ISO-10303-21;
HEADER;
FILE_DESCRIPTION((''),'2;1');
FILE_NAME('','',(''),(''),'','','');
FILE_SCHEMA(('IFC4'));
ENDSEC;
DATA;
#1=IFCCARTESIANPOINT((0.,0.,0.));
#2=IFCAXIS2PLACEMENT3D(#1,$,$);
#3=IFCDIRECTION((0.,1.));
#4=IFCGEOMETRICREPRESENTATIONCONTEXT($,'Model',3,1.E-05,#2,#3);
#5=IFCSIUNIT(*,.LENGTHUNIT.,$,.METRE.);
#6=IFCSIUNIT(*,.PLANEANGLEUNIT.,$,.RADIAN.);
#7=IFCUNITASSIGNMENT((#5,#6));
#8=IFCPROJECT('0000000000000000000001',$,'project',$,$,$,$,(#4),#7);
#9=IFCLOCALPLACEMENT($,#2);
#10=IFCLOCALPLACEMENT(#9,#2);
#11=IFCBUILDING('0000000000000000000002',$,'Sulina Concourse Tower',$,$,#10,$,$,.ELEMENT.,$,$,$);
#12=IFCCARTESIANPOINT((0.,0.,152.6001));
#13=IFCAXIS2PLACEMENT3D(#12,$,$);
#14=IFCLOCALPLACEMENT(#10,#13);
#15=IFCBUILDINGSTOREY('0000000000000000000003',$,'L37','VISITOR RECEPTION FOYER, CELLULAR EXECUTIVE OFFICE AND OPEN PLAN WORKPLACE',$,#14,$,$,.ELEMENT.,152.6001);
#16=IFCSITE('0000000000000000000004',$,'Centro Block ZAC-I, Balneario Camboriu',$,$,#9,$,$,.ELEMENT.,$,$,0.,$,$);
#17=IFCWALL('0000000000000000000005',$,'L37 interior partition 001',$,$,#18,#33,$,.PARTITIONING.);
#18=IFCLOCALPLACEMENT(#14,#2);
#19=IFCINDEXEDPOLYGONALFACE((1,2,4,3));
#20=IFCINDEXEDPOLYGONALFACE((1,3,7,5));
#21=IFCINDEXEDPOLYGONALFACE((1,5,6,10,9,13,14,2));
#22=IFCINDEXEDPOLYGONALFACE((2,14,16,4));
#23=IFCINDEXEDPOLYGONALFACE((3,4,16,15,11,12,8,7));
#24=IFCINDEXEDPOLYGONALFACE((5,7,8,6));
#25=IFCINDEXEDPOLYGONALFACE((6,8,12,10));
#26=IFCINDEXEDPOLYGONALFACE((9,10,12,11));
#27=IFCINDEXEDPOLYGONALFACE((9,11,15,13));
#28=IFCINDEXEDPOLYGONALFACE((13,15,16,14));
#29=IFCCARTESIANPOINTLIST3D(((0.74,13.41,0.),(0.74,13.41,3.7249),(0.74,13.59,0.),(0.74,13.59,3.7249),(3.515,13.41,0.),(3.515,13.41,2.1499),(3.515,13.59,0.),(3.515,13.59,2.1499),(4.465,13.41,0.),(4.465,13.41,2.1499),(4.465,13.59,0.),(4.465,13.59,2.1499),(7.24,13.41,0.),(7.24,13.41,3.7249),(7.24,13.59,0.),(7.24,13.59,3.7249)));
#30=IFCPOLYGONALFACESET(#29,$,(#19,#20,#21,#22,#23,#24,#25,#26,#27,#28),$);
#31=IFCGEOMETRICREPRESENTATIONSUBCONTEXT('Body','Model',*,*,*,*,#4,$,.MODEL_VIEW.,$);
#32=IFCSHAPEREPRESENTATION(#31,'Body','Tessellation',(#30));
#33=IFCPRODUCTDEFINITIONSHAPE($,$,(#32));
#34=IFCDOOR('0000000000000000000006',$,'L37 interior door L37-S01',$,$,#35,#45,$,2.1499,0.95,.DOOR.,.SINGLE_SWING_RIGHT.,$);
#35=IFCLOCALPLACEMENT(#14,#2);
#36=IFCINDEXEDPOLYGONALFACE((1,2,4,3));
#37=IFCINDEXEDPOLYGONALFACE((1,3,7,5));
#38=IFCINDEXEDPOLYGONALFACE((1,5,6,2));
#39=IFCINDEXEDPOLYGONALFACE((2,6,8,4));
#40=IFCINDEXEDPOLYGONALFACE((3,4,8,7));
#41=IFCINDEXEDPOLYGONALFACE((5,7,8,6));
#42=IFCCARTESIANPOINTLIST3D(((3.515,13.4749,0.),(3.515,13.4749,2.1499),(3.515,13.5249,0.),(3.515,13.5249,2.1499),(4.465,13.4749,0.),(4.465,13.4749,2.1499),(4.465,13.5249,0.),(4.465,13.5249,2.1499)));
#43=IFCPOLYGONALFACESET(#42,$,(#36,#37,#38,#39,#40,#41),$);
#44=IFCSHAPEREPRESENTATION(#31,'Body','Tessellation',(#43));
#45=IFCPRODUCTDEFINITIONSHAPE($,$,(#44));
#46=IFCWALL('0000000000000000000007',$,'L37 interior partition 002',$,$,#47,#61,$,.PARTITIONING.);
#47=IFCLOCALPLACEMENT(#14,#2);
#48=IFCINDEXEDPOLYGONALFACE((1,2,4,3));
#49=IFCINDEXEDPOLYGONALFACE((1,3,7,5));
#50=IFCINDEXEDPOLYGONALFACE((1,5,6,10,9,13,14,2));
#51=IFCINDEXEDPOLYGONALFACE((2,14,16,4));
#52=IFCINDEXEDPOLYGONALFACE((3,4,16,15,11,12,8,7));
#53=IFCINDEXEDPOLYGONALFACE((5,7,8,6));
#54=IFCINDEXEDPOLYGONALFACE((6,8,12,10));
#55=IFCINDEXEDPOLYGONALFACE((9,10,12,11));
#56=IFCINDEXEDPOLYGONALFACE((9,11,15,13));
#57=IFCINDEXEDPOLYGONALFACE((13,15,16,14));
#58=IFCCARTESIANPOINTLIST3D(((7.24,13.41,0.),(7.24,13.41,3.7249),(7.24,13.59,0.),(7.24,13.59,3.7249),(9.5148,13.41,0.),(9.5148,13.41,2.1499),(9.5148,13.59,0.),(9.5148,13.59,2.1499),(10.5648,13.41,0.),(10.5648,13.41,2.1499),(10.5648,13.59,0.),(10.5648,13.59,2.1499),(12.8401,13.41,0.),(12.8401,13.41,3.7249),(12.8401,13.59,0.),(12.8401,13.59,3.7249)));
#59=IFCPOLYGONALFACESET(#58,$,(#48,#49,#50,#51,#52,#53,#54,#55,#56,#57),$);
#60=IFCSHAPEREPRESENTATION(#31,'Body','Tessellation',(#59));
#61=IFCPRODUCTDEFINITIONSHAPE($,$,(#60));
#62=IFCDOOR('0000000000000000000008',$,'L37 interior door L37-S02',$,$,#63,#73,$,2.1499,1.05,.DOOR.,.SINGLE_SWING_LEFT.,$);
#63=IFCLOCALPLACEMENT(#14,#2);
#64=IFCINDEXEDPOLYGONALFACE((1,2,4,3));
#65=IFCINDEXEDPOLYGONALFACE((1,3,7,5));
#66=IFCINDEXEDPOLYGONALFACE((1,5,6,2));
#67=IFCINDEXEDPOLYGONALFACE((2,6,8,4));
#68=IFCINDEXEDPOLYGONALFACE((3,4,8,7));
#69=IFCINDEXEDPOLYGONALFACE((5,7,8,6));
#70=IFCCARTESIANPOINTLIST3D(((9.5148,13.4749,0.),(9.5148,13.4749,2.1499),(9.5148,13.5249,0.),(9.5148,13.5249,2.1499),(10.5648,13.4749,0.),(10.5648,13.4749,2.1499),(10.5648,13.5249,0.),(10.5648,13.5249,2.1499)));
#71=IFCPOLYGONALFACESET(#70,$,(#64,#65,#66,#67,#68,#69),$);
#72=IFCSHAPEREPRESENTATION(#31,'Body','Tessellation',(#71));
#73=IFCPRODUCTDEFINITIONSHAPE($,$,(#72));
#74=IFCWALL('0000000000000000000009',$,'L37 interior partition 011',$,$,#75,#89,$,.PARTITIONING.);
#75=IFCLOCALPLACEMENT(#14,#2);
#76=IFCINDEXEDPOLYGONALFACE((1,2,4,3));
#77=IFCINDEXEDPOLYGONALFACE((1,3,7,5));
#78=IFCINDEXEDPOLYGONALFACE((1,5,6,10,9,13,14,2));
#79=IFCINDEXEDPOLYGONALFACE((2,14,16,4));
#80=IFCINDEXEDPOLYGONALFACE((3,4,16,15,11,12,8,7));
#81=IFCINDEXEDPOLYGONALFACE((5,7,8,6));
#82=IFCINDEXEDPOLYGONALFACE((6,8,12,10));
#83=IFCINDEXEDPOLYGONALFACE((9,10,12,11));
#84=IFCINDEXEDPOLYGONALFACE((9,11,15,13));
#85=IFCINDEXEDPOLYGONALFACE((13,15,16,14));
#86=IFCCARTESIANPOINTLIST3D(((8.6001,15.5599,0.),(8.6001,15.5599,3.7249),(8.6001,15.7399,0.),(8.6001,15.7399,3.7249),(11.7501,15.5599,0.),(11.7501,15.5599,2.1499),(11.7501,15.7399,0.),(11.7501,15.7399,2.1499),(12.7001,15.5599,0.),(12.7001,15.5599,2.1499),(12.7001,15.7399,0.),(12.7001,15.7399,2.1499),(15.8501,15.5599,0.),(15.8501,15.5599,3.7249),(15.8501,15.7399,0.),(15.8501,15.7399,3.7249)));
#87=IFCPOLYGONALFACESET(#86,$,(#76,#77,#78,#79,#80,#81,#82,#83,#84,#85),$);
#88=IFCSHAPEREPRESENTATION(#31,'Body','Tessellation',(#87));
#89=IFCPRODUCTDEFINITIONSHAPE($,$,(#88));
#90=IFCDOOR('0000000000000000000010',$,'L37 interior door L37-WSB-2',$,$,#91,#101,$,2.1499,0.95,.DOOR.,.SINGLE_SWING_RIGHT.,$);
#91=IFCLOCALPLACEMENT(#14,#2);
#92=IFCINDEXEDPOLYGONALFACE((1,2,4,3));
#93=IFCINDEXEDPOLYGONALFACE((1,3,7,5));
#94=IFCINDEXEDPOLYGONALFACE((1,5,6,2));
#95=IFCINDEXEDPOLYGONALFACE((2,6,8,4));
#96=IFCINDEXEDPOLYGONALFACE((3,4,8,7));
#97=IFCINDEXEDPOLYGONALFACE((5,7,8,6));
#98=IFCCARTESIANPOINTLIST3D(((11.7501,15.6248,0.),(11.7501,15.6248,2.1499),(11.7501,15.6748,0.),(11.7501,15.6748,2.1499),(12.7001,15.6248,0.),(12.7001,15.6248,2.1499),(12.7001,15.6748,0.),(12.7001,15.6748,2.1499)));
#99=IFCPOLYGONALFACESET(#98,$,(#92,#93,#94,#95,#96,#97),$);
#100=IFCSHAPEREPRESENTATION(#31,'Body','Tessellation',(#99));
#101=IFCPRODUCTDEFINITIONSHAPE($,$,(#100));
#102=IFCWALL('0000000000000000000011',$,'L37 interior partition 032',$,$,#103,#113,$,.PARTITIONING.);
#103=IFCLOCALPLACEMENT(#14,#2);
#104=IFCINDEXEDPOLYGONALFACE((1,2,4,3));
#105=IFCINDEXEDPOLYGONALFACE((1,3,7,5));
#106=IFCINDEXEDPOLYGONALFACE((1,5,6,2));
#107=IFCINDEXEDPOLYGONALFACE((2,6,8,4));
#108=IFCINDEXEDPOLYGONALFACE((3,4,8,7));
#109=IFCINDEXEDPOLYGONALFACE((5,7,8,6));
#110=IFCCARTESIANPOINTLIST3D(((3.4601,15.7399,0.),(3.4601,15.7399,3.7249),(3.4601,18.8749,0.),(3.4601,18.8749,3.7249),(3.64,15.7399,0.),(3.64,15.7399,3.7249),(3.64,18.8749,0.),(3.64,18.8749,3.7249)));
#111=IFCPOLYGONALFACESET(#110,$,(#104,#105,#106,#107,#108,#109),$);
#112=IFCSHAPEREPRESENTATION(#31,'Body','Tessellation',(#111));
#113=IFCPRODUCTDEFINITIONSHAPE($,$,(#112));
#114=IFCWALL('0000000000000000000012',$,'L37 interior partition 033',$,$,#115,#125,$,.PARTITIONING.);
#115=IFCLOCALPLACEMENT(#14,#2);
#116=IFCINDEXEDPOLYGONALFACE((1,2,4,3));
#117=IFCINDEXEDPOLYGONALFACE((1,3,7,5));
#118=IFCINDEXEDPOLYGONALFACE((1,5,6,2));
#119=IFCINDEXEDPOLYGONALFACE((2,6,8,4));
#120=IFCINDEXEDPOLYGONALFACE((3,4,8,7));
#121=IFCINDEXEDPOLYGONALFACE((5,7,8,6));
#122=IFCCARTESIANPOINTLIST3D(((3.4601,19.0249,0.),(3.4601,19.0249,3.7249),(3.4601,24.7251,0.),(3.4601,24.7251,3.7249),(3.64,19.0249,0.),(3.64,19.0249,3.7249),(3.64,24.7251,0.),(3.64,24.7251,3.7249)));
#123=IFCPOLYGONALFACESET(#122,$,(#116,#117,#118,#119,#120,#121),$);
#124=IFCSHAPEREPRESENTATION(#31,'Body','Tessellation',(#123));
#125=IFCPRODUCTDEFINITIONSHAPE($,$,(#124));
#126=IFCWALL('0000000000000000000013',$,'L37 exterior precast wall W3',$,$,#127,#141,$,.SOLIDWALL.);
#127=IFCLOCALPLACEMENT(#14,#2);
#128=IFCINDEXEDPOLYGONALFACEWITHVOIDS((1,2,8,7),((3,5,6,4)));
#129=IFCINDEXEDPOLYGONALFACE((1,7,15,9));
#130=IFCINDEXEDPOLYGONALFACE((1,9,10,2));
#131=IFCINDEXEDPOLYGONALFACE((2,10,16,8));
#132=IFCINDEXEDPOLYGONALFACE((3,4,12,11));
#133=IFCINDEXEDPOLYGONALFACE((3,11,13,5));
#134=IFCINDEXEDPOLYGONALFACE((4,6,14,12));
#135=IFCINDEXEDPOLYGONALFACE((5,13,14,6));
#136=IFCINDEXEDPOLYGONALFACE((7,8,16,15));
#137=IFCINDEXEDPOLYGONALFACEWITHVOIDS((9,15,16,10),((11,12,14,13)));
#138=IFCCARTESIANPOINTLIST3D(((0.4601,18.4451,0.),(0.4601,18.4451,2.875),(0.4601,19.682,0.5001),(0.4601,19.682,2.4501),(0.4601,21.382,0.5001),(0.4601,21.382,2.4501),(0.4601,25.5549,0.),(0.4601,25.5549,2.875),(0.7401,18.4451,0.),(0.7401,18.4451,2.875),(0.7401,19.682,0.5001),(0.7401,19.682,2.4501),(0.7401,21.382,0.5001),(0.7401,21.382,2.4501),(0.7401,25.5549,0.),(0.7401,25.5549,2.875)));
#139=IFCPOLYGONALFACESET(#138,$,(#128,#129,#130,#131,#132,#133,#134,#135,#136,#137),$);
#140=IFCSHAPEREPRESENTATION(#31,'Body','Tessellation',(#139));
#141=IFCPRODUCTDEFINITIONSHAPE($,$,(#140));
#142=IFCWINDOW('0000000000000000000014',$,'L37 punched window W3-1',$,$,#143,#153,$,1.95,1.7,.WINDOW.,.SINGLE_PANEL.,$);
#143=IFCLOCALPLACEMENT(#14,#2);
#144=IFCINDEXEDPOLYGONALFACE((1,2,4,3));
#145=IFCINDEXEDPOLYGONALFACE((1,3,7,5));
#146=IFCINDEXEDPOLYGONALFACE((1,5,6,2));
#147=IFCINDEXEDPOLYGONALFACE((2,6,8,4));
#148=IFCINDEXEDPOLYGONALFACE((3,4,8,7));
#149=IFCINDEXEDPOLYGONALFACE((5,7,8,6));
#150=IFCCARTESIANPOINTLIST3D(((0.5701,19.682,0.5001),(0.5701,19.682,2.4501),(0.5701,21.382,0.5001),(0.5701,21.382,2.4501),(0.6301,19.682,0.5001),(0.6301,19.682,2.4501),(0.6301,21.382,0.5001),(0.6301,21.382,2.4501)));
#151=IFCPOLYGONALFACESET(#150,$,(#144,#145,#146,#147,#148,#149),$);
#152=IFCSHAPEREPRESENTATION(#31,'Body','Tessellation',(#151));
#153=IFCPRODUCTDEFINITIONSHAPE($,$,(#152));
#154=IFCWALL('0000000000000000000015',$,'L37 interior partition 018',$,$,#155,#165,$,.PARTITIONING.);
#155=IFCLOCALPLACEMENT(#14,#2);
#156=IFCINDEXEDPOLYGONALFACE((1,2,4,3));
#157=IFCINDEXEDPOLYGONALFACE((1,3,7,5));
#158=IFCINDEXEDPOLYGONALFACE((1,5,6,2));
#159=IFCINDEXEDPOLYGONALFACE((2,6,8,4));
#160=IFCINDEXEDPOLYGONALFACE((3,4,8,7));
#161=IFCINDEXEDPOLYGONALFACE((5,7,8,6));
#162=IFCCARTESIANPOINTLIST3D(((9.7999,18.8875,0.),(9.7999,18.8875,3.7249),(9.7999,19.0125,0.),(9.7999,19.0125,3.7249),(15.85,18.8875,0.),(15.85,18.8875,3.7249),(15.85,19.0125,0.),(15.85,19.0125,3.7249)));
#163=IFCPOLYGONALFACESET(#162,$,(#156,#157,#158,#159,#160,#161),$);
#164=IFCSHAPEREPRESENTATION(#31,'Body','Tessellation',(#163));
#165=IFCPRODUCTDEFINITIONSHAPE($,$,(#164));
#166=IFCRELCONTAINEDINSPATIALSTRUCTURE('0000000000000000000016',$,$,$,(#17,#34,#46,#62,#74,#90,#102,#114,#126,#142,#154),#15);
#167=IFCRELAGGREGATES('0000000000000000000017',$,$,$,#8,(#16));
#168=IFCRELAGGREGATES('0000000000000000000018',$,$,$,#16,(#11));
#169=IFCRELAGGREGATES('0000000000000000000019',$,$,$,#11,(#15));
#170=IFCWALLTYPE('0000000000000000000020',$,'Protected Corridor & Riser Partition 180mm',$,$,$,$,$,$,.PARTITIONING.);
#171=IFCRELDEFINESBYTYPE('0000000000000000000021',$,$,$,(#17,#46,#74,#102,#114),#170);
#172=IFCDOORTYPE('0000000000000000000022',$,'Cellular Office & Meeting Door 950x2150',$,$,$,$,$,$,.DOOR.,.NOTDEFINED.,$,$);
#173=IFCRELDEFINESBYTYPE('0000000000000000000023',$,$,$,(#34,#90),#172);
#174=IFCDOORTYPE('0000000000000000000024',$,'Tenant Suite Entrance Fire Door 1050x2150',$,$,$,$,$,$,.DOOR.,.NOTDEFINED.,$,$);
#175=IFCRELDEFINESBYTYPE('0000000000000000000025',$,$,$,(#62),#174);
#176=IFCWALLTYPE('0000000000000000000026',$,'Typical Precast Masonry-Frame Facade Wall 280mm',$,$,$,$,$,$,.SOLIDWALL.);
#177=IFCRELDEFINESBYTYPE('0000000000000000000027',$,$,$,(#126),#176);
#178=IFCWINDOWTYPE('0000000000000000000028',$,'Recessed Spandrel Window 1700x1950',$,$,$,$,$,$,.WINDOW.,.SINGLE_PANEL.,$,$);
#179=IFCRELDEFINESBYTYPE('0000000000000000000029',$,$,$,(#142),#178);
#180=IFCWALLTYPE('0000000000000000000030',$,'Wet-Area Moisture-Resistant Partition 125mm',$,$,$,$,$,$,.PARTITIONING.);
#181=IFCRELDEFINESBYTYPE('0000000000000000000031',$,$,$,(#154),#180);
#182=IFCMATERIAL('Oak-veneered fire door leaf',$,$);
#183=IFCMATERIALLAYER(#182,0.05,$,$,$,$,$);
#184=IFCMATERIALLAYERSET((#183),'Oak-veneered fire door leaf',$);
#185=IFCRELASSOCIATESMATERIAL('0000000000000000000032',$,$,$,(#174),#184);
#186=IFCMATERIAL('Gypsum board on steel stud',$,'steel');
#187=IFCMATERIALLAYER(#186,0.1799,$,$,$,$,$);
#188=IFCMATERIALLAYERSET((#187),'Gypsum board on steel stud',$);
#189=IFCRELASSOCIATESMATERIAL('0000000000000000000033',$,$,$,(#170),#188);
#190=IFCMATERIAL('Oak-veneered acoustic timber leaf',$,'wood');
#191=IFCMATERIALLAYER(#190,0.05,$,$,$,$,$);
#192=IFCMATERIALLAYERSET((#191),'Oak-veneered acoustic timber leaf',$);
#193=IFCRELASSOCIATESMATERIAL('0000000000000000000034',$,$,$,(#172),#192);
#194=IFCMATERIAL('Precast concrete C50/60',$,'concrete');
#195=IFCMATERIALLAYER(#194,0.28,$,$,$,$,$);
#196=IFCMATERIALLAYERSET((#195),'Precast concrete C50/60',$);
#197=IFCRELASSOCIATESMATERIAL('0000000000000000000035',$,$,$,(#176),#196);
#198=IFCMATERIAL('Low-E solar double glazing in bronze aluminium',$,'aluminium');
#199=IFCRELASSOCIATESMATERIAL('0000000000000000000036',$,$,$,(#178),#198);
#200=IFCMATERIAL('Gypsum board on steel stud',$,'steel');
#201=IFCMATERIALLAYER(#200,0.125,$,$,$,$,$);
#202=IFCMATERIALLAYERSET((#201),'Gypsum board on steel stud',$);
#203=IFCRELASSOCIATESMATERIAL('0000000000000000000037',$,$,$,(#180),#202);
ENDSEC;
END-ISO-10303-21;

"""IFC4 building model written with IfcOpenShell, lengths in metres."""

from ifc_helpers import new_model, si_unit, direction, frame, frame_2d, origin, place, context, subcontext, project, spatial, rectangle, extrude, material, layer, layer_set, type_object, element, fill, save


model = new_model("IFC4")

# Units and contexts
model_context = context("Model", 3, precision=1e-05, world=origin(), true_north=direction((0.0, 1.0)))
body_context = subcontext(model_context, "Body", "Model", "MODEL_VIEW")
ifc_project = project(units=[si_unit("LENGTHUNIT", "METRE"), si_unit("PLANEANGLEUNIT", "RADIAN")], contexts=[model_context])

# Site, building, storey
site_placement = place(None, origin())
site = spatial("IfcSite", under=ifc_project, at=site_placement, Name="Centro Block ZAC-I, Balneario Camboriu", CompositionType="ELEMENT", RefElevation=0.0)
building_placement = place(site_placement, origin())
building = spatial("IfcBuilding", under=site, at=building_placement, Name="Sulina Concourse Tower", CompositionType="ELEMENT")
storey_placement = place(building_placement, frame((0.0, 0.0, 152.6001)))
storey = spatial("IfcBuildingStorey", under=building, at=storey_placement, Name="L37", Description="VISITOR RECEPTION FOYER, CELLULAR EXECUTIVE OFFICE AND OPEN PLAN WORKPLACE", CompositionType="ELEMENT", Elevation=152.6001)

# Shared definitions
ifc_material_1 = material(Name="Oak-veneered fire door leaf")
ifc_layer_1 = layer(ifc_material_1, 0.05)
ifc_layer_set_1 = layer_set([ifc_layer_1], Name="Oak-veneered fire door leaf")
door_type_1 = type_object("IfcDoorType", Name="Tenant Suite Entrance Fire Door 1050x2150", OperationType="NOTDEFINED", PredefinedType="DOOR", material=ifc_layer_set_1)

# Walls, openings, doors
ifc_material_2 = material(Name="Gypsum board on steel stud", Category="steel")
ifc_layer_2 = layer(ifc_material_2, 0.1799)
ifc_layer_set_2 = layer_set([ifc_layer_2], Name="Gypsum board on steel stud")
wall_type_1 = type_object("IfcWallType", Name="Protected Corridor & Riser Partition 180mm", PredefinedType="PARTITIONING", material=ifc_layer_set_2)
wall_1_placement = place(storey_placement, frame((0.74, 13.5, 0.0), z_axis=(0.0, 0.0, 1.0), x_axis=(1.0, 0.0, 0.0)))
wall_1 = element("IfcWall", 1, at=wall_1_placement, inside=storey, type_object=wall_type_1, Name="L37 interior partition 001", PredefinedType="PARTITIONING", context=body_context, shape_type="SweptSolid", body=[
    extrude(rectangle(XDim=6.5, YDim=0.1799, at=frame_2d((3.25, 0.0))), origin(), (0.0, 0.0, 1.0), 3.7249),
])
opening_1_placement = place(wall_1_placement, frame((2.7749, 0.0, 0.0)))
opening_1 = element("IfcOpeningElement", 2, at=opening_1_placement, cuts=wall_1, PredefinedType="OPENING", context=body_context, shape_type="SweptSolid", body=[
    extrude(rectangle(XDim=0.95, YDim=2.1499, at=frame_2d((0.4751, 1.075))), frame((0.0, 0.0999, 0.0), z_axis=(0.0, -1.0, 0.0), x_axis=(1.0, 0.0, 0.0)), (0.0, 0.0, 1.0), 0.2),
])
ifc_material_3 = material(Name="Oak-veneered acoustic timber leaf", Category="wood")
ifc_layer_3 = layer(ifc_material_3, 0.05)
ifc_layer_set_3 = layer_set([ifc_layer_3], Name="Oak-veneered acoustic timber leaf")
door_type_2 = type_object("IfcDoorType", Name="Cellular Office & Meeting Door 950x2150", OperationType="NOTDEFINED", PredefinedType="DOOR", material=ifc_layer_set_3)
door_1_placement = place(opening_1_placement, origin())
door_1 = element("IfcDoor", 3, at=door_1_placement, inside=storey, type_object=door_type_2, Name="L37 interior door L37-S01", OperationType="SINGLE_SWING_RIGHT", OverallHeight=2.1499, OverallWidth=0.95, PredefinedType="DOOR", context=body_context, shape_type="SweptSolid", body=[
    extrude(rectangle(XDim=0.95, YDim=2.1499, at=frame_2d((0.4751, 1.075))), frame((0.0, 0.0249, 0.0), z_axis=(0.0, -1.0, 0.0), x_axis=(1.0, 0.0, 0.0)), (0.0, 0.0, 1.0), 0.05),
])
fill(opening_1, door_1)
wall_2_placement = place(storey_placement, frame((7.24, 13.5, 0.0), z_axis=(0.0, 0.0, 1.0), x_axis=(1.0, 0.0, 0.0)))
wall_2 = element("IfcWall", 4, at=wall_2_placement, inside=storey, type_object=wall_type_1, Name="L37 interior partition 002", PredefinedType="PARTITIONING", context=body_context, shape_type="SweptSolid", body=[
    extrude(rectangle(XDim=5.6001, YDim=0.1799, at=frame_2d((2.8, 0.0))), origin(), (0.0, 0.0, 1.0), 3.7249),
])
opening_2_placement = place(wall_2_placement, frame((2.2749, 0.0, 0.0)))
opening_2 = element("IfcOpeningElement", 5, at=opening_2_placement, cuts=wall_2, PredefinedType="OPENING", context=body_context, shape_type="SweptSolid", body=[
    extrude(rectangle(XDim=1.05, YDim=2.1499, at=frame_2d((0.5249, 1.075))), frame((0.0, 0.0999, 0.0), z_axis=(0.0, -1.0, 0.0), x_axis=(1.0, 0.0, 0.0)), (0.0, 0.0, 1.0), 0.2),
])
door_2_placement = place(opening_2_placement, origin())
door_2 = element("IfcDoor", 6, at=door_2_placement, inside=storey, type_object=door_type_1, Name="L37 interior door L37-S02", OperationType="SINGLE_SWING_LEFT", OverallHeight=2.1499, OverallWidth=1.05, PredefinedType="DOOR", context=body_context, shape_type="SweptSolid", body=[
    extrude(rectangle(XDim=1.05, YDim=2.1499, at=frame_2d((0.5249, 1.075))), frame((0.0, 0.0249, 0.0), z_axis=(0.0, -1.0, 0.0), x_axis=(1.0, 0.0, 0.0)), (0.0, 0.0, 1.0), 0.05),
])
fill(opening_2, door_2)
wall_3_placement = place(storey_placement, frame((8.6001, 15.6499, 0.0), z_axis=(0.0, 0.0, 1.0), x_axis=(1.0, 0.0, 0.0)))
wall_3 = element("IfcWall", 7, at=wall_3_placement, inside=storey, type_object=wall_type_1, Name="L37 interior partition 011", PredefinedType="PARTITIONING", context=body_context, shape_type="SweptSolid", body=[
    extrude(rectangle(XDim=7.25, YDim=0.1799, at=frame_2d((3.625, 0.0))), origin(), (0.0, 0.0, 1.0), 3.7249),
])
opening_3_placement = place(wall_3_placement, frame((3.1499, 0.0, 0.0)))
opening_3 = element("IfcOpeningElement", 8, at=opening_3_placement, cuts=wall_3, PredefinedType="OPENING", context=body_context, shape_type="SweptSolid", body=[
    extrude(rectangle(XDim=0.95, YDim=2.1499, at=frame_2d((0.4751, 1.075))), frame((0.0, 0.0999, 0.0), z_axis=(0.0, -1.0, 0.0), x_axis=(1.0, 0.0, 0.0)), (0.0, 0.0, 1.0), 0.2),
])
door_3_placement = place(opening_3_placement, origin())
door_3 = element("IfcDoor", 9, at=door_3_placement, inside=storey, type_object=door_type_2, Name="L37 interior door L37-WSB-2", OperationType="SINGLE_SWING_RIGHT", OverallHeight=2.1499, OverallWidth=0.95, PredefinedType="DOOR", context=body_context, shape_type="SweptSolid", body=[
    extrude(rectangle(XDim=0.95, YDim=2.1499, at=frame_2d((0.4751, 1.075))), frame((0.0, 0.0249, 0.0), z_axis=(0.0, -1.0, 0.0), x_axis=(1.0, 0.0, 0.0)), (0.0, 0.0, 1.0), 0.05),
])
fill(opening_3, door_3)

# Walls
wall_4_placement = place(storey_placement, frame((3.55, 15.74, 0.0), z_axis=(0.0, 0.0, 1.0), x_axis=(0.0, 1.0, 0.0)))
element("IfcWall", 10, at=wall_4_placement, inside=storey, type_object=wall_type_1, Name="L37 interior partition 032", PredefinedType="PARTITIONING", context=body_context, shape_type="SweptSolid", body=[
    extrude(rectangle(XDim=3.135, YDim=0.1799, at=frame_2d((1.5674, 0.0))), origin(), (0.0, 0.0, 1.0), 3.7249),
])
wall_5_placement = place(storey_placement, frame((3.55, 19.0249, 0.0), z_axis=(0.0, 0.0, 1.0), x_axis=(0.0, 1.0, 0.0)))
element("IfcWall", 11, at=wall_5_placement, inside=storey, type_object=wall_type_1, Name="L37 interior partition 033", PredefinedType="PARTITIONING", context=body_context, shape_type="SweptSolid", body=[
    extrude(rectangle(XDim=5.7002, YDim=0.1799, at=frame_2d((2.8501, 0.0))), origin(), (0.0, 0.0, 1.0), 3.7249),
])

# Wall, opening, window
ifc_material_4 = material(Name="Precast concrete C50/60", Category="concrete")
ifc_layer_4 = layer(ifc_material_4, 0.28)
ifc_layer_set_4 = layer_set([ifc_layer_4], Name="Precast concrete C50/60")
wall_type_2 = type_object("IfcWallType", Name="Typical Precast Masonry-Frame Facade Wall 280mm", PredefinedType="SOLIDWALL", material=ifc_layer_set_4)
wall_6_placement = place(storey_placement, frame((0.6001, 18.4451, 0.0), z_axis=(0.0, 0.0, 1.0), x_axis=(0.0, 1.0, 0.0)))
wall_6 = element("IfcWall", 12, at=wall_6_placement, inside=storey, type_object=wall_type_2, Name="L37 exterior precast wall W3", PredefinedType="SOLIDWALL", context=body_context, shape_type="SweptSolid", body=[
    extrude(rectangle(XDim=7.1099, YDim=0.28, at=frame_2d((3.5549, 0.0))), origin(), (0.0, 0.0, 1.0), 2.875),
])
opening_4_placement = place(wall_6_placement, frame((1.2368, 0.0, 0.5)))
opening_4 = element("IfcOpeningElement", 13, at=opening_4_placement, cuts=wall_6, PredefinedType="OPENING", context=body_context, shape_type="SweptSolid", body=[
    extrude(rectangle(XDim=1.7, YDim=1.95, at=frame_2d((0.8501, 0.9751))), frame((0.0, 0.1499, 0.0), z_axis=(0.0, -1.0, 0.0), x_axis=(1.0, 0.0, 0.0)), (0.0, 0.0, 1.0), 0.3),
])
ifc_material_5 = material(Name="Low-E solar double glazing in bronze aluminium", Category="aluminium")
window_type = type_object("IfcWindowType", Name="Recessed Spandrel Window 1700x1950", PartitioningType="SINGLE_PANEL", PredefinedType="WINDOW", material=ifc_material_5)
window_placement = place(opening_4_placement, origin())
window = element("IfcWindow", 14, at=window_placement, inside=storey, type_object=window_type, Name="L37 punched window W3-1", OverallHeight=1.95, OverallWidth=1.7, PartitioningType="SINGLE_PANEL", PredefinedType="WINDOW", context=body_context, shape_type="SweptSolid", body=[
    extrude(rectangle(XDim=1.7, YDim=1.95, at=frame_2d((0.8501, 0.9751))), frame((0.0, 0.03, 0.0), z_axis=(0.0, -1.0, 0.0), x_axis=(1.0, 0.0, 0.0)), (0.0, 0.0, 1.0), 0.0601),
])
fill(opening_4, window)

# Wall
ifc_material_6 = material(Name="Gypsum board on steel stud", Category="steel")
ifc_layer_5 = layer(ifc_material_6, 0.125)
ifc_layer_set_5 = layer_set([ifc_layer_5], Name="Gypsum board on steel stud")
wall_type_3 = type_object("IfcWallType", Name="Wet-Area Moisture-Resistant Partition 125mm", PredefinedType="PARTITIONING", material=ifc_layer_set_5)
wall_7_placement = place(storey_placement, frame((9.8, 18.95, 0.0), z_axis=(0.0, 0.0, 1.0), x_axis=(1.0, 0.0, 0.0)))
element("IfcWall", 15, at=wall_7_placement, inside=storey, type_object=wall_type_3, Name="L37 interior partition 018", PredefinedType="PARTITIONING", context=body_context, shape_type="SweptSolid", body=[
    extrude(rectangle(XDim=6.05, YDim=0.125, at=frame_2d((3.0249, 0.0))), origin(), (0.0, 0.0, 1.0), 3.7249),
])

save(model, "model.ifc")
